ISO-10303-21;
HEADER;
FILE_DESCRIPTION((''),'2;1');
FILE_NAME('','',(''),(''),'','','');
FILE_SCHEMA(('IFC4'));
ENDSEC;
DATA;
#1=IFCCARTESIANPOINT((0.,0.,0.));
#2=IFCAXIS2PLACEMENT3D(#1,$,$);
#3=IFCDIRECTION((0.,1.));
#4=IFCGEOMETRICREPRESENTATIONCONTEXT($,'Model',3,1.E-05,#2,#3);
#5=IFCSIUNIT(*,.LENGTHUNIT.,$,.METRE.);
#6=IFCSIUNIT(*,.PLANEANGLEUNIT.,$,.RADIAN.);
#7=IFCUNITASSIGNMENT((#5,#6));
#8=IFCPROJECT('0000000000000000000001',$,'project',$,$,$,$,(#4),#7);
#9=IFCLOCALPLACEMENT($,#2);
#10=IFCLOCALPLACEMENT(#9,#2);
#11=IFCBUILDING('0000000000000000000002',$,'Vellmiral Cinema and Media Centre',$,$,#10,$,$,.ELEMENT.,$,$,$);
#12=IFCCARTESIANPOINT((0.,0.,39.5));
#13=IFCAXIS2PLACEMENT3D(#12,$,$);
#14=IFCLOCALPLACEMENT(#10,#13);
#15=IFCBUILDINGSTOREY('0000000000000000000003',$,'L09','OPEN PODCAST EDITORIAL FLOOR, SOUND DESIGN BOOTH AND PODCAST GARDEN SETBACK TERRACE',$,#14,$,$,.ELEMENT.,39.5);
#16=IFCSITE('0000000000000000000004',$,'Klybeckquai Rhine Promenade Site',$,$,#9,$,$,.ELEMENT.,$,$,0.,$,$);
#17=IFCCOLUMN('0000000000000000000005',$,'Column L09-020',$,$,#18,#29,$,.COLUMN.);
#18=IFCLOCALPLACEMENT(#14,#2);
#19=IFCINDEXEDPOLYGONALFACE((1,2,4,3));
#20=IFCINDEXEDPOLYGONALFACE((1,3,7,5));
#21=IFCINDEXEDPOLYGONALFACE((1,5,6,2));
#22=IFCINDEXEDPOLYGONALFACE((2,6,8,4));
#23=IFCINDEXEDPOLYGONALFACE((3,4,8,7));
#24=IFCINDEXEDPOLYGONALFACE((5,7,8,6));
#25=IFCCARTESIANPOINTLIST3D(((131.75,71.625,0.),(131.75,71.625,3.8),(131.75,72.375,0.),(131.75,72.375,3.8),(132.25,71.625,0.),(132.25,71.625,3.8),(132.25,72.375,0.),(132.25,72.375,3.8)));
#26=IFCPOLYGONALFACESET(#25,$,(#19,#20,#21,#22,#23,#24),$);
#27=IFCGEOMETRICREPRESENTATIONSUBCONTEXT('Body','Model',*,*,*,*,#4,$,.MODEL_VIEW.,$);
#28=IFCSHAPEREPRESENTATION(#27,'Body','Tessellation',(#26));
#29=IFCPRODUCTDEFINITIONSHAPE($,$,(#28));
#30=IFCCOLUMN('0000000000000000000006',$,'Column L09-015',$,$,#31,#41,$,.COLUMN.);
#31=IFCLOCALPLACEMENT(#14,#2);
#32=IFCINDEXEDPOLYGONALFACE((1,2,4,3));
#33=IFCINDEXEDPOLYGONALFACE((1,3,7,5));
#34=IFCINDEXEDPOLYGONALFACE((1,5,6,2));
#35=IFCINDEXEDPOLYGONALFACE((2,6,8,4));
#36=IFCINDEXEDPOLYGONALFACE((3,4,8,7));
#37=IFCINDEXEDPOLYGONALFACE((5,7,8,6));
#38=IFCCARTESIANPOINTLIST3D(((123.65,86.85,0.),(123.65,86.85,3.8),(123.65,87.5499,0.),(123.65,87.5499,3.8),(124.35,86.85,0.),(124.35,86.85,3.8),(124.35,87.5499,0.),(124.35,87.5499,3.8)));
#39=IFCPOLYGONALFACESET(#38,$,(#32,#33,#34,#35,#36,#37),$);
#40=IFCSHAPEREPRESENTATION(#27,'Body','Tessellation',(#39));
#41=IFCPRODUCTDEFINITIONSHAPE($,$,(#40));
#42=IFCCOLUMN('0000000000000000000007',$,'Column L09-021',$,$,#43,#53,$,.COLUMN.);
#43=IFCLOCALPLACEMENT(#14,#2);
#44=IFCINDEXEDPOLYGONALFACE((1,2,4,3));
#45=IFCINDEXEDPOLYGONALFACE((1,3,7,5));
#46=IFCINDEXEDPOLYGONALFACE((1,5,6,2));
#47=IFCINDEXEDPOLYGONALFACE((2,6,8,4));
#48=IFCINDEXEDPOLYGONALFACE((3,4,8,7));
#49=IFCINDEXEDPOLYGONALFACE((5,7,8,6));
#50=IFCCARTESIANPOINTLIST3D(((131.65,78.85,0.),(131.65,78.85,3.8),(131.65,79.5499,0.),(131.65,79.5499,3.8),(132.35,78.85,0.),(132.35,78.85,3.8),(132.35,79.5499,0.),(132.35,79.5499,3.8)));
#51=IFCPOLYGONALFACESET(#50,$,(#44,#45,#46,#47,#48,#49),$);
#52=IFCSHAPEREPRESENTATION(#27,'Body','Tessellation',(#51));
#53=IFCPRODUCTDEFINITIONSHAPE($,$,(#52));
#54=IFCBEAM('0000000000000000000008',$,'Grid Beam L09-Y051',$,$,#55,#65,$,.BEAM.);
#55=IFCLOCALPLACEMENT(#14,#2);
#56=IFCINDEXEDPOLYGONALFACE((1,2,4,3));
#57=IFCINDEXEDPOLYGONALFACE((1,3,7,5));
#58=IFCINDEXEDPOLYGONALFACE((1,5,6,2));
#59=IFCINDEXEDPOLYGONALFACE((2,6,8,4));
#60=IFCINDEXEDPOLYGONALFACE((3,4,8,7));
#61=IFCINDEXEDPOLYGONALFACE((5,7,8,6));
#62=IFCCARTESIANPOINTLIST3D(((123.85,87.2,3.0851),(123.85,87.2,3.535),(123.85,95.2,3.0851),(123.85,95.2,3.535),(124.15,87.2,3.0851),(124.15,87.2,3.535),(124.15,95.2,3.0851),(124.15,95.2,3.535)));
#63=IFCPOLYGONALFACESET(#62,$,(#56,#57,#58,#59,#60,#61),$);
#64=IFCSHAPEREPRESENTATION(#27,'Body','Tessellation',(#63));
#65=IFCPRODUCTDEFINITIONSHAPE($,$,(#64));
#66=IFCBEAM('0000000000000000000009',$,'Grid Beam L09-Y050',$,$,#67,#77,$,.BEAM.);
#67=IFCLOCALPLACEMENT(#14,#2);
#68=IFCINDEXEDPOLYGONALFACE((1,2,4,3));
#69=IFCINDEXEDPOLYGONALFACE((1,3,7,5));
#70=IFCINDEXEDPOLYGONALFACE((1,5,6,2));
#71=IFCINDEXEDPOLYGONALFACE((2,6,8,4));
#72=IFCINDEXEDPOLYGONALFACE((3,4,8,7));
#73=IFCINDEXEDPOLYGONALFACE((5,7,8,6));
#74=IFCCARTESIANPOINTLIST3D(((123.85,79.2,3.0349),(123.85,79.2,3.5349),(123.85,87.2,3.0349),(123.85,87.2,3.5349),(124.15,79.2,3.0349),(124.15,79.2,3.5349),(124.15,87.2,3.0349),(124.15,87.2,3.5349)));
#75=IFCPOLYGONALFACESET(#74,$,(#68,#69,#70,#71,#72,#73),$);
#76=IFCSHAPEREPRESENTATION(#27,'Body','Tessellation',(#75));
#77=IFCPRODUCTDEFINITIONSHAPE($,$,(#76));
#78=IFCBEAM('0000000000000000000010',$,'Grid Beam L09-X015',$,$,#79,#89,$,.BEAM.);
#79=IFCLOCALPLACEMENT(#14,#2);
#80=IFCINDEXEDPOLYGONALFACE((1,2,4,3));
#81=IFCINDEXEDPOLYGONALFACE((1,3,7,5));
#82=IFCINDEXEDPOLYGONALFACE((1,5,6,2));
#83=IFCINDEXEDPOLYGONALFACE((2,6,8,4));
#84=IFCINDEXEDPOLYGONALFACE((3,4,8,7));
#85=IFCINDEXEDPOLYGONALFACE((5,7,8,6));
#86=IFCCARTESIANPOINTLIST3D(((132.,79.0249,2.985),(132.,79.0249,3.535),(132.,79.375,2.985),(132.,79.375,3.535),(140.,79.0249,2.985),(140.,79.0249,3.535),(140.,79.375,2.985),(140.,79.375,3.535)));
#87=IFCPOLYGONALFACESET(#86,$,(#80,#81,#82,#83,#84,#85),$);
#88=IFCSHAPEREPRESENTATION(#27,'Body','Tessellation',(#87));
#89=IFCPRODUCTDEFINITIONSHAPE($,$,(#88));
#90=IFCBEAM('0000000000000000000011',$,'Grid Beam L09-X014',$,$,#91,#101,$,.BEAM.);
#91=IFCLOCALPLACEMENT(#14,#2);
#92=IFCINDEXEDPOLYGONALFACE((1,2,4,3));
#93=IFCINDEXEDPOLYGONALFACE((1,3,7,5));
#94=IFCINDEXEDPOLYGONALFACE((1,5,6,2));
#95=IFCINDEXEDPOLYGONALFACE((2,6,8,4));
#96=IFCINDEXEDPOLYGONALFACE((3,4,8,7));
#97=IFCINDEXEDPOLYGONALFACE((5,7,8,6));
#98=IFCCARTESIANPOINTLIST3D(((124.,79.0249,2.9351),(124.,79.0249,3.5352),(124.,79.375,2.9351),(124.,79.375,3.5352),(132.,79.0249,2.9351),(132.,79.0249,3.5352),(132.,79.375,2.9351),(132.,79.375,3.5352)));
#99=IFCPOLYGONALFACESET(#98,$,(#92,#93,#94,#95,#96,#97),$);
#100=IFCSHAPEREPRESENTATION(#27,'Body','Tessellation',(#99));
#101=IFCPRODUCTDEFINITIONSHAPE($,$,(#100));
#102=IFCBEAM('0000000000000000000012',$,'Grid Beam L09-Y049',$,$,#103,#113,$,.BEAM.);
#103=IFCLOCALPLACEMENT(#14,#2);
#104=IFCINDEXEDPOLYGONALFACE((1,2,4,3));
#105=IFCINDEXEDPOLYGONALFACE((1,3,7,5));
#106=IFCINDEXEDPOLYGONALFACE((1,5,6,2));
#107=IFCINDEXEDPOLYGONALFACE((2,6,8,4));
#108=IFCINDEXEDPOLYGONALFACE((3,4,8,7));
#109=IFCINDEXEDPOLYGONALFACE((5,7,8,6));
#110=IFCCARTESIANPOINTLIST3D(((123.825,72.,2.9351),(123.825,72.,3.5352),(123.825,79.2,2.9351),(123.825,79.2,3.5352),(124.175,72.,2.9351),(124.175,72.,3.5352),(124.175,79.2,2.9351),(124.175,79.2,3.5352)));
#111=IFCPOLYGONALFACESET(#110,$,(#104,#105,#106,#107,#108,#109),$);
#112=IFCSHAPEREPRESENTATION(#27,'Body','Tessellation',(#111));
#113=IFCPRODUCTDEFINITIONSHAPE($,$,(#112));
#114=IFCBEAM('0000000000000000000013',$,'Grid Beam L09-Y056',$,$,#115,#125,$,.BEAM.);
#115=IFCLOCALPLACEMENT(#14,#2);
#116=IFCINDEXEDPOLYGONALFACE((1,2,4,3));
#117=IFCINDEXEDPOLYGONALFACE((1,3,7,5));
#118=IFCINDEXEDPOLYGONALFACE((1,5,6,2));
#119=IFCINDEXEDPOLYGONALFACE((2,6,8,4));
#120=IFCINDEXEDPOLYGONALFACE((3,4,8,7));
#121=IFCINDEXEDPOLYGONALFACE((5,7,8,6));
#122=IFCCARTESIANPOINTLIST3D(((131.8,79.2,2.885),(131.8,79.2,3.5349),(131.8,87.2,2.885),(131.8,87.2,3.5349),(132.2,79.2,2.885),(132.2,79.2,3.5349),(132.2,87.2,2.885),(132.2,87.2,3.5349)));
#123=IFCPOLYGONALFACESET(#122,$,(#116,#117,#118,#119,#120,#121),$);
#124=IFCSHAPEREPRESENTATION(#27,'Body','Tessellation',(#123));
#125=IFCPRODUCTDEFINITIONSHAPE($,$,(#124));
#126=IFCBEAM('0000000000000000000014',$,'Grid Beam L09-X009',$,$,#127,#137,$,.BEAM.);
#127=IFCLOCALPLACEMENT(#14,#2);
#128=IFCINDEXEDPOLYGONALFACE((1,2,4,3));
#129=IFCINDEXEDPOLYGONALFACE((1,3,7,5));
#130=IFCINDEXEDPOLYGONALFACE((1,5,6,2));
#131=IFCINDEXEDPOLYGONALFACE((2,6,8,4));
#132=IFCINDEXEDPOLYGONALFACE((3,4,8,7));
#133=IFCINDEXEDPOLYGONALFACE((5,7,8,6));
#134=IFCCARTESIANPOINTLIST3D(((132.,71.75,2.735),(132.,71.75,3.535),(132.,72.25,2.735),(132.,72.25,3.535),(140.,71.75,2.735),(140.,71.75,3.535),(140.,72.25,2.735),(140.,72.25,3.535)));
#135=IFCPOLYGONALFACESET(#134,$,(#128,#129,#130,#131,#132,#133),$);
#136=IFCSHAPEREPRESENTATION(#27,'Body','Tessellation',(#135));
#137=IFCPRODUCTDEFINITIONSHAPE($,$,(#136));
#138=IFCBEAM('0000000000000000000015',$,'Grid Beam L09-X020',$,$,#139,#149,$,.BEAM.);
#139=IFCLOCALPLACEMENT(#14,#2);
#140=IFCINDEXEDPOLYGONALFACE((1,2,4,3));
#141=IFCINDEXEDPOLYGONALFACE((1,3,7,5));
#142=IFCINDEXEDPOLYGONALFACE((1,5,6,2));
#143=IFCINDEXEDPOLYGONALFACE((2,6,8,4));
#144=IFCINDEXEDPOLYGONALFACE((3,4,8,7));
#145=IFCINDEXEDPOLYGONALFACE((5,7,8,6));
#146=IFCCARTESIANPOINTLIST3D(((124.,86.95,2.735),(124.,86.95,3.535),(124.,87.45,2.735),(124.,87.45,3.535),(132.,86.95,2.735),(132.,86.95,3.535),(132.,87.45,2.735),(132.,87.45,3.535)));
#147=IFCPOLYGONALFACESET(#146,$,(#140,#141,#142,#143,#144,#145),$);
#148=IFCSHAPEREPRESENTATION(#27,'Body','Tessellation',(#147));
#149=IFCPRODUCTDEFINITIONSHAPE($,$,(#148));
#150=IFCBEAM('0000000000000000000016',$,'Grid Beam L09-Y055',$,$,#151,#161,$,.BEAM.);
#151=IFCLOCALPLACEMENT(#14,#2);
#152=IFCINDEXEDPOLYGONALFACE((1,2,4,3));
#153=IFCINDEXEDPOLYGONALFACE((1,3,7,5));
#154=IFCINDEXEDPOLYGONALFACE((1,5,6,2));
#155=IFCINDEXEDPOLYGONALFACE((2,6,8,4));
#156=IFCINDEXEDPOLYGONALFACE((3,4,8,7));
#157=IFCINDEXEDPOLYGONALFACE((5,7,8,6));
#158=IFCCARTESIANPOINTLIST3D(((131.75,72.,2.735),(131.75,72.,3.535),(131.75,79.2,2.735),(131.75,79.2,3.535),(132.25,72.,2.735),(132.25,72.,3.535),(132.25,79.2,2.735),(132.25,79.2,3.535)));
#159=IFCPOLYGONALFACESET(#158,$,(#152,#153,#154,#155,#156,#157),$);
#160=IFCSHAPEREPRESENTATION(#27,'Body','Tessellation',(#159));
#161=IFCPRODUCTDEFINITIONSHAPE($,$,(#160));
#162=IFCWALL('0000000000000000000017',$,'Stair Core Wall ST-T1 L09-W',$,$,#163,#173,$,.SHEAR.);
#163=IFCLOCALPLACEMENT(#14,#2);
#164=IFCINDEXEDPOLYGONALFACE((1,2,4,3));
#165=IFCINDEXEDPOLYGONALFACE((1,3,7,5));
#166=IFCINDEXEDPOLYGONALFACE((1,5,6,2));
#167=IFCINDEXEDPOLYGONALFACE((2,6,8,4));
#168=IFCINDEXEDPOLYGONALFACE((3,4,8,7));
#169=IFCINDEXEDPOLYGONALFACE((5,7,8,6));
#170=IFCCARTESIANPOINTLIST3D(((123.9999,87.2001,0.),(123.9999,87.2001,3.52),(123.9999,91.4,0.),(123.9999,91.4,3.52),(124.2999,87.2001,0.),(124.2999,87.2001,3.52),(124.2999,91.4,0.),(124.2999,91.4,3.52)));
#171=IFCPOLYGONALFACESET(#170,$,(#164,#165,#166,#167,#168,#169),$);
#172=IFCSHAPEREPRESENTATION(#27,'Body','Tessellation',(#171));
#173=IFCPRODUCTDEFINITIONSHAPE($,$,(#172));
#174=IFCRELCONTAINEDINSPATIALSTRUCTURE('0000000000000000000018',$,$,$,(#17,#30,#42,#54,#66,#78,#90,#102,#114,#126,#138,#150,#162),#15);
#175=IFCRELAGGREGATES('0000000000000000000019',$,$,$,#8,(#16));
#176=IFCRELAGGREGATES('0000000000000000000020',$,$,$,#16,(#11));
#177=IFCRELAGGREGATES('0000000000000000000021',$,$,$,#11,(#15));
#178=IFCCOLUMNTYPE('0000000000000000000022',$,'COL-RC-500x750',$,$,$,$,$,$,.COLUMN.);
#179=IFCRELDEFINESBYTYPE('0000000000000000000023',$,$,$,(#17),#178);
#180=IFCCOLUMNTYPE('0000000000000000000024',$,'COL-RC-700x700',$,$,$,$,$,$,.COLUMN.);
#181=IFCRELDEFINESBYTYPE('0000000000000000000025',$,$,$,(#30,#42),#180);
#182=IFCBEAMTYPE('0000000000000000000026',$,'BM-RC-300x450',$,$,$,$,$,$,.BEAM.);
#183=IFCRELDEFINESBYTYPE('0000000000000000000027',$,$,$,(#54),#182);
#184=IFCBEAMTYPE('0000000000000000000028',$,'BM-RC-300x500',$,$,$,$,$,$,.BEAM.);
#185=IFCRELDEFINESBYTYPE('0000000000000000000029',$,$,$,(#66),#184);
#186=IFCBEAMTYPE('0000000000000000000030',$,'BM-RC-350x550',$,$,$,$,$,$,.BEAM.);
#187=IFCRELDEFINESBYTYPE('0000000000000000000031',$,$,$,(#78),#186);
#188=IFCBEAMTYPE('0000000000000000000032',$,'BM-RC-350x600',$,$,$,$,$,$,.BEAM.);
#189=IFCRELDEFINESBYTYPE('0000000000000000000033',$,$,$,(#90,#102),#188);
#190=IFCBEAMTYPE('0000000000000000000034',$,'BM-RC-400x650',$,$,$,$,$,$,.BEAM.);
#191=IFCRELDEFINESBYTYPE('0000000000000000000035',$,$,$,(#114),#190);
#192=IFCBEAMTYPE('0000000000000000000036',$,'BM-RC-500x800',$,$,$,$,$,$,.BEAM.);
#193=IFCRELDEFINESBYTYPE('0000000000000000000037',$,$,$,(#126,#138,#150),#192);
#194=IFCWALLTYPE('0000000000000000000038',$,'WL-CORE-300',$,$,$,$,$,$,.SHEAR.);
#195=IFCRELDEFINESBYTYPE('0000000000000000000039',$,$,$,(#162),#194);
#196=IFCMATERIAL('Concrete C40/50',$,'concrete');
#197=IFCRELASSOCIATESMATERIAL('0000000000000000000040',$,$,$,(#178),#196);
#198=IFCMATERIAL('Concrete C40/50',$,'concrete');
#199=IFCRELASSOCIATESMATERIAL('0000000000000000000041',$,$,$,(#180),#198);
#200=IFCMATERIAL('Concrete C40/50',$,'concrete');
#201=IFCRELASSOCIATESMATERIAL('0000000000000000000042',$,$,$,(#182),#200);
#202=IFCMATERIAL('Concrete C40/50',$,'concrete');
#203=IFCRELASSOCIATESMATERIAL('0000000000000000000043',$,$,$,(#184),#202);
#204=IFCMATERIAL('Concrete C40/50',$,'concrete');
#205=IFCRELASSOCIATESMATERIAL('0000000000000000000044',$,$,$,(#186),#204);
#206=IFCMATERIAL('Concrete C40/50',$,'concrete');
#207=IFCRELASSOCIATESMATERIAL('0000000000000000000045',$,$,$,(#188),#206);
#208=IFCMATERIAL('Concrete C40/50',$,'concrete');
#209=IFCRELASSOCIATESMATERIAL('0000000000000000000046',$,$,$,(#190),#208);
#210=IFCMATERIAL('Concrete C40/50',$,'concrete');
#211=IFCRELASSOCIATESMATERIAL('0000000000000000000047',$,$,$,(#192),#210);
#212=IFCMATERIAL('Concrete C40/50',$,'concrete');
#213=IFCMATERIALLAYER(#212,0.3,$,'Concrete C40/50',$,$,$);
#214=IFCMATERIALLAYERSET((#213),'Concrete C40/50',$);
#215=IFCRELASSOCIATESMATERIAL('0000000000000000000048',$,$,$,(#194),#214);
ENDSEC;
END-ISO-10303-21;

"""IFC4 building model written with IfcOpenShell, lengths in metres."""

from ifc_helpers import new_model, si_unit, direction, frame, frame_2d, origin, origin_2d, place, context, subcontext, project, spatial, rectangle, extrude, material, layer, layer_set, material_profile, profile_set, type_object, element, save


model = new_model("IFC4")

# Units and contexts
model_context = context("Model", 3, precision=1e-05, world=origin(), true_north=direction((0.0, 1.0)))
body_context = subcontext(model_context, "Body", "Model", "MODEL_VIEW")
ifc_project = project(units=[si_unit("LENGTHUNIT", "METRE"), si_unit("PLANEANGLEUNIT", "RADIAN")], contexts=[model_context])

# Site, building, storey
site_placement = place(None, origin())
site = spatial("IfcSite", under=ifc_project, at=site_placement, Name="Klybeckquai Rhine Promenade Site", CompositionType="ELEMENT", RefElevation=0.0)
building_placement = place(site_placement, origin())
building = spatial("IfcBuilding", under=site, at=building_placement, Name="Vellmiral Cinema and Media Centre", CompositionType="ELEMENT")
storey_placement = place(building_placement, frame((0.0, 0.0, 39.5)))
storey = spatial("IfcBuildingStorey", under=building, at=storey_placement, Name="L09", Description="OPEN PODCAST EDITORIAL FLOOR, SOUND DESIGN BOOTH AND PODCAST GARDEN SETBACK TERRACE", CompositionType="ELEMENT", Elevation=39.5)

# Columns
ifc_material_1 = material(Name="Concrete C40/50", Category="concrete")
ifc_material_profile_1 = material_profile(ifc_material_1, rectangle(XDim=0.5, YDim=0.75, at=origin_2d()), Name="RC 500x750")
ifc_profile_set_1 = profile_set([ifc_material_profile_1], Name="Concrete C40/50")
column_type_1 = type_object("IfcColumnType", Name="COL-RC-500x750", PredefinedType="COLUMN", material=ifc_profile_set_1)
column_placement = place(storey_placement, frame((132.0, 72.0, 0.0), z_axis=(0.0, 0.0, 1.0), x_axis=(1.0, 0.0, 0.0)))
element("IfcColumn", 1, at=column_placement, inside=storey, type_object=column_type_1, Name="Column L09-020", PredefinedType="COLUMN", context=body_context, shape_type="SweptSolid", body=[
    extrude(rectangle(XDim=0.5, YDim=0.75, at=origin_2d()), origin(), (0.0, 0.0, 1.0), 3.8),
])
ifc_material_2 = material(Name="Concrete C40/50", Category="concrete")
ifc_material_profile_2 = material_profile(ifc_material_2, rectangle(XDim=0.7, YDim=0.7, at=origin_2d()), Name="RC 700x700")
ifc_profile_set_2 = profile_set([ifc_material_profile_2], Name="Concrete C40/50")
column_type_2 = type_object("IfcColumnType", Name="COL-RC-700x700", PredefinedType="COLUMN", material=ifc_profile_set_2)
for number, where, z_axis, x_axis, name in (
    (2, (124.0, 87.2, 0.0), (0.0, 0.0, 1.0), (1.0, 0.0, 0.0), "Column L09-015"),
    (3, (132.0, 79.2, 0.0), (0.0, 0.0, 1.0), (1.0, 0.0, 0.0), "Column L09-021"),
):
    element("IfcColumn", number, at=place(storey_placement, frame(where, z_axis=z_axis, x_axis=x_axis)), inside=storey, type_object=column_type_2, Name=name, PredefinedType="COLUMN", context=body_context, shape_type="SweptSolid", body=[
        extrude(rectangle(XDim=0.7, YDim=0.7, at=origin_2d()), origin(), (0.0, 0.0, 1.0), 3.8),
    ])

# Beams
ifc_material_3 = material(Name="Concrete C40/50", Category="concrete")
ifc_material_profile_3 = material_profile(ifc_material_3, rectangle(XDim=0.3, YDim=0.45, at=origin_2d()), Name="RC 300x450")
ifc_profile_set_3 = profile_set([ifc_material_profile_3], Name="Concrete C40/50")
beam_type_1 = type_object("IfcBeamType", Name="BM-RC-300x450", PredefinedType="BEAM", material=ifc_profile_set_3)
beam_1_placement = place(storey_placement, frame((124.0, 87.2, 3.3101), z_axis=(0.0, 1.0, 0.0), x_axis=(-1.0, 0.0, 0.0)))
element("IfcBeam", 4, at=beam_1_placement, inside=storey, type_object=beam_type_1, Name="Grid Beam L09-Y051", PredefinedType="BEAM", context=body_context, shape_type="SweptSolid", body=[
    extrude(rectangle(XDim=0.3, YDim=0.45, at=origin_2d()), origin(), (0.0, 0.0, 1.0), 8.0),
])
ifc_material_4 = material(Name="Concrete C40/50", Category="concrete")
ifc_material_profile_4 = material_profile(ifc_material_4, rectangle(XDim=0.3, YDim=0.5, at=origin_2d()), Name="RC 300x500")
ifc_profile_set_4 = profile_set([ifc_material_profile_4], Name="Concrete C40/50")
beam_type_2 = type_object("IfcBeamType", Name="BM-RC-300x500", PredefinedType="BEAM", material=ifc_profile_set_4)
beam_2_placement = place(storey_placement, frame((124.0, 79.2, 3.2849), z_axis=(0.0, 1.0, 0.0), x_axis=(-1.0, 0.0, 0.0)))
element("IfcBeam", 5, at=beam_2_placement, inside=storey, type_object=beam_type_2, Name="Grid Beam L09-Y050", PredefinedType="BEAM", context=body_context, shape_type="SweptSolid", body=[
    extrude(rectangle(XDim=0.3, YDim=0.5, at=origin_2d()), origin(), (0.0, 0.0, 1.0), 8.0),
])
ifc_material_5 = material(Name="Concrete C40/50", Category="concrete")
ifc_material_profile_5 = material_profile(ifc_material_5, rectangle(XDim=0.3501, YDim=0.55, at=origin_2d()), Name="RC 350x550")
ifc_profile_set_5 = profile_set([ifc_material_profile_5], Name="Concrete C40/50")
beam_type_3 = type_object("IfcBeamType", Name="BM-RC-350x550", PredefinedType="BEAM", material=ifc_profile_set_5)
beam_3_placement = place(storey_placement, frame((132.0, 79.2, 3.26), z_axis=(1.0, 0.0, 0.0), x_axis=(0.0, 1.0, 0.0)))
element("IfcBeam", 6, at=beam_3_placement, inside=storey, type_object=beam_type_3, Name="Grid Beam L09-X015", PredefinedType="BEAM", context=body_context, shape_type="SweptSolid", body=[
    extrude(rectangle(XDim=0.3501, YDim=0.55, at=origin_2d()), origin(), (0.0, 0.0, 1.0), 8.0),
])
ifc_material_6 = material(Name="Concrete C40/50", Category="concrete")
ifc_material_profile_6 = material_profile(ifc_material_6, rectangle(XDim=0.3501, YDim=0.6001, at=origin_2d()), Name="RC 350x600")
ifc_profile_set_6 = profile_set([ifc_material_profile_6], Name="Concrete C40/50")
beam_type_4 = type_object("IfcBeamType", Name="BM-RC-350x600", PredefinedType="BEAM", material=ifc_profile_set_6)
beam_4_placement = place(storey_placement, frame((124.0, 79.2, 3.2351), z_axis=(1.0, 0.0, 0.0), x_axis=(0.0, 1.0, 0.0)))
element("IfcBeam", 7, at=beam_4_placement, inside=storey, type_object=beam_type_4, Name="Grid Beam L09-X014", PredefinedType="BEAM", context=body_context, shape_type="SweptSolid", body=[
    extrude(rectangle(XDim=0.3501, YDim=0.6001, at=origin_2d()), origin(), (0.0, 0.0, 1.0), 8.0),
])
beam_5_placement = place(storey_placement, frame((124.0, 72.0, 3.2351), z_axis=(0.0, 1.0, 0.0), x_axis=(-1.0, 0.0, 0.0)))
element("IfcBeam", 8, at=beam_5_placement, inside=storey, type_object=beam_type_4, Name="Grid Beam L09-Y049", PredefinedType="BEAM", context=body_context, shape_type="SweptSolid", body=[
    extrude(rectangle(XDim=0.3501, YDim=0.6001, at=origin_2d()), origin(), (0.0, 0.0, 1.0), 7.2),
])
ifc_material_7 = material(Name="Concrete C40/50", Category="concrete")
ifc_material_profile_7 = material_profile(ifc_material_7, rectangle(XDim=0.3999, YDim=0.6499, at=origin_2d()), Name="RC 400x650")
ifc_profile_set_7 = profile_set([ifc_material_profile_7], Name="Concrete C40/50")
beam_type_5 = type_object("IfcBeamType", Name="BM-RC-400x650", PredefinedType="BEAM", material=ifc_profile_set_7)
beam_6_placement = place(storey_placement, frame((132.0, 79.2, 3.21), z_axis=(0.0, 1.0, 0.0), x_axis=(-1.0, 0.0, 0.0)))
element("IfcBeam", 9, at=beam_6_placement, inside=storey, type_object=beam_type_5, Name="Grid Beam L09-Y056", PredefinedType="BEAM", context=body_context, shape_type="SweptSolid", body=[
    extrude(rectangle(XDim=0.3999, YDim=0.6499, at=origin_2d()), origin(), (0.0, 0.0, 1.0), 8.0),
])
ifc_material_8 = material(Name="Concrete C40/50", Category="concrete")
ifc_material_profile_8 = material_profile(ifc_material_8, rectangle(XDim=0.5, YDim=0.8, at=origin_2d()), Name="RC 500x800")
ifc_profile_set_8 = profile_set([ifc_material_profile_8], Name="Concrete C40/50")
beam_type_6 = type_object("IfcBeamType", Name="BM-RC-500x800", PredefinedType="BEAM", material=ifc_profile_set_8)
for number, where, z_axis, x_axis, name in (
    (10, (132.0, 72.0, 3.135), (1.0, 0.0, 0.0), (0.0, 1.0, 0.0), "Grid Beam L09-X009"),
    (11, (124.0, 87.2, 3.135), (1.0, 0.0, 0.0), (0.0, 1.0, 0.0), "Grid Beam L09-X020"),
):
    element("IfcBeam", number, at=place(storey_placement, frame(where, z_axis=z_axis, x_axis=x_axis)), inside=storey, type_object=beam_type_6, Name=name, PredefinedType="BEAM", context=body_context, shape_type="SweptSolid", body=[
        extrude(rectangle(XDim=0.5, YDim=0.8, at=origin_2d()), origin(), (0.0, 0.0, 1.0), 8.0),
    ])
beam_7_placement = place(storey_placement, frame((132.0, 72.0, 3.135), z_axis=(0.0, 1.0, 0.0), x_axis=(-1.0, 0.0, 0.0)))
element("IfcBeam", 12, at=beam_7_placement, inside=storey, type_object=beam_type_6, Name="Grid Beam L09-Y055", PredefinedType="BEAM", context=body_context, shape_type="SweptSolid", body=[
    extrude(rectangle(XDim=0.5, YDim=0.8, at=origin_2d()), origin(), (0.0, 0.0, 1.0), 7.2),
])

# Wall
ifc_material_9 = material(Name="Concrete C40/50", Category="concrete")
ifc_layer_1 = layer(ifc_material_9, 0.3, Name="Concrete C40/50")
ifc_layer_set_1 = layer_set([ifc_layer_1], Name="Concrete C40/50")
wall_type_1 = type_object("IfcWallType", Name="WL-CORE-300", PredefinedType="SHEAR", material=ifc_layer_set_1)
for number, where, z_axis, x_axis, name in (
    (13, (124.1499, 87.2, 0.0), (0.0, 0.0, 1.0), (0.0, 1.0, 0.0), "Stair Core Wall ST-T1 L09-W"),
):
    element("IfcWall", number, at=place(storey_placement, frame(where, z_axis=z_axis, x_axis=x_axis)), inside=storey, type_object=wall_type_1, Name=name, PredefinedType="SHEAR", context=body_context, shape_type="SweptSolid", body=[
        extrude(rectangle(XDim=4.2, YDim=0.3, at=frame_2d((2.1001, 0.0))), origin(), (0.0, 0.0, 1.0), 3.52),
    ])

save(model, "model.ifc")
